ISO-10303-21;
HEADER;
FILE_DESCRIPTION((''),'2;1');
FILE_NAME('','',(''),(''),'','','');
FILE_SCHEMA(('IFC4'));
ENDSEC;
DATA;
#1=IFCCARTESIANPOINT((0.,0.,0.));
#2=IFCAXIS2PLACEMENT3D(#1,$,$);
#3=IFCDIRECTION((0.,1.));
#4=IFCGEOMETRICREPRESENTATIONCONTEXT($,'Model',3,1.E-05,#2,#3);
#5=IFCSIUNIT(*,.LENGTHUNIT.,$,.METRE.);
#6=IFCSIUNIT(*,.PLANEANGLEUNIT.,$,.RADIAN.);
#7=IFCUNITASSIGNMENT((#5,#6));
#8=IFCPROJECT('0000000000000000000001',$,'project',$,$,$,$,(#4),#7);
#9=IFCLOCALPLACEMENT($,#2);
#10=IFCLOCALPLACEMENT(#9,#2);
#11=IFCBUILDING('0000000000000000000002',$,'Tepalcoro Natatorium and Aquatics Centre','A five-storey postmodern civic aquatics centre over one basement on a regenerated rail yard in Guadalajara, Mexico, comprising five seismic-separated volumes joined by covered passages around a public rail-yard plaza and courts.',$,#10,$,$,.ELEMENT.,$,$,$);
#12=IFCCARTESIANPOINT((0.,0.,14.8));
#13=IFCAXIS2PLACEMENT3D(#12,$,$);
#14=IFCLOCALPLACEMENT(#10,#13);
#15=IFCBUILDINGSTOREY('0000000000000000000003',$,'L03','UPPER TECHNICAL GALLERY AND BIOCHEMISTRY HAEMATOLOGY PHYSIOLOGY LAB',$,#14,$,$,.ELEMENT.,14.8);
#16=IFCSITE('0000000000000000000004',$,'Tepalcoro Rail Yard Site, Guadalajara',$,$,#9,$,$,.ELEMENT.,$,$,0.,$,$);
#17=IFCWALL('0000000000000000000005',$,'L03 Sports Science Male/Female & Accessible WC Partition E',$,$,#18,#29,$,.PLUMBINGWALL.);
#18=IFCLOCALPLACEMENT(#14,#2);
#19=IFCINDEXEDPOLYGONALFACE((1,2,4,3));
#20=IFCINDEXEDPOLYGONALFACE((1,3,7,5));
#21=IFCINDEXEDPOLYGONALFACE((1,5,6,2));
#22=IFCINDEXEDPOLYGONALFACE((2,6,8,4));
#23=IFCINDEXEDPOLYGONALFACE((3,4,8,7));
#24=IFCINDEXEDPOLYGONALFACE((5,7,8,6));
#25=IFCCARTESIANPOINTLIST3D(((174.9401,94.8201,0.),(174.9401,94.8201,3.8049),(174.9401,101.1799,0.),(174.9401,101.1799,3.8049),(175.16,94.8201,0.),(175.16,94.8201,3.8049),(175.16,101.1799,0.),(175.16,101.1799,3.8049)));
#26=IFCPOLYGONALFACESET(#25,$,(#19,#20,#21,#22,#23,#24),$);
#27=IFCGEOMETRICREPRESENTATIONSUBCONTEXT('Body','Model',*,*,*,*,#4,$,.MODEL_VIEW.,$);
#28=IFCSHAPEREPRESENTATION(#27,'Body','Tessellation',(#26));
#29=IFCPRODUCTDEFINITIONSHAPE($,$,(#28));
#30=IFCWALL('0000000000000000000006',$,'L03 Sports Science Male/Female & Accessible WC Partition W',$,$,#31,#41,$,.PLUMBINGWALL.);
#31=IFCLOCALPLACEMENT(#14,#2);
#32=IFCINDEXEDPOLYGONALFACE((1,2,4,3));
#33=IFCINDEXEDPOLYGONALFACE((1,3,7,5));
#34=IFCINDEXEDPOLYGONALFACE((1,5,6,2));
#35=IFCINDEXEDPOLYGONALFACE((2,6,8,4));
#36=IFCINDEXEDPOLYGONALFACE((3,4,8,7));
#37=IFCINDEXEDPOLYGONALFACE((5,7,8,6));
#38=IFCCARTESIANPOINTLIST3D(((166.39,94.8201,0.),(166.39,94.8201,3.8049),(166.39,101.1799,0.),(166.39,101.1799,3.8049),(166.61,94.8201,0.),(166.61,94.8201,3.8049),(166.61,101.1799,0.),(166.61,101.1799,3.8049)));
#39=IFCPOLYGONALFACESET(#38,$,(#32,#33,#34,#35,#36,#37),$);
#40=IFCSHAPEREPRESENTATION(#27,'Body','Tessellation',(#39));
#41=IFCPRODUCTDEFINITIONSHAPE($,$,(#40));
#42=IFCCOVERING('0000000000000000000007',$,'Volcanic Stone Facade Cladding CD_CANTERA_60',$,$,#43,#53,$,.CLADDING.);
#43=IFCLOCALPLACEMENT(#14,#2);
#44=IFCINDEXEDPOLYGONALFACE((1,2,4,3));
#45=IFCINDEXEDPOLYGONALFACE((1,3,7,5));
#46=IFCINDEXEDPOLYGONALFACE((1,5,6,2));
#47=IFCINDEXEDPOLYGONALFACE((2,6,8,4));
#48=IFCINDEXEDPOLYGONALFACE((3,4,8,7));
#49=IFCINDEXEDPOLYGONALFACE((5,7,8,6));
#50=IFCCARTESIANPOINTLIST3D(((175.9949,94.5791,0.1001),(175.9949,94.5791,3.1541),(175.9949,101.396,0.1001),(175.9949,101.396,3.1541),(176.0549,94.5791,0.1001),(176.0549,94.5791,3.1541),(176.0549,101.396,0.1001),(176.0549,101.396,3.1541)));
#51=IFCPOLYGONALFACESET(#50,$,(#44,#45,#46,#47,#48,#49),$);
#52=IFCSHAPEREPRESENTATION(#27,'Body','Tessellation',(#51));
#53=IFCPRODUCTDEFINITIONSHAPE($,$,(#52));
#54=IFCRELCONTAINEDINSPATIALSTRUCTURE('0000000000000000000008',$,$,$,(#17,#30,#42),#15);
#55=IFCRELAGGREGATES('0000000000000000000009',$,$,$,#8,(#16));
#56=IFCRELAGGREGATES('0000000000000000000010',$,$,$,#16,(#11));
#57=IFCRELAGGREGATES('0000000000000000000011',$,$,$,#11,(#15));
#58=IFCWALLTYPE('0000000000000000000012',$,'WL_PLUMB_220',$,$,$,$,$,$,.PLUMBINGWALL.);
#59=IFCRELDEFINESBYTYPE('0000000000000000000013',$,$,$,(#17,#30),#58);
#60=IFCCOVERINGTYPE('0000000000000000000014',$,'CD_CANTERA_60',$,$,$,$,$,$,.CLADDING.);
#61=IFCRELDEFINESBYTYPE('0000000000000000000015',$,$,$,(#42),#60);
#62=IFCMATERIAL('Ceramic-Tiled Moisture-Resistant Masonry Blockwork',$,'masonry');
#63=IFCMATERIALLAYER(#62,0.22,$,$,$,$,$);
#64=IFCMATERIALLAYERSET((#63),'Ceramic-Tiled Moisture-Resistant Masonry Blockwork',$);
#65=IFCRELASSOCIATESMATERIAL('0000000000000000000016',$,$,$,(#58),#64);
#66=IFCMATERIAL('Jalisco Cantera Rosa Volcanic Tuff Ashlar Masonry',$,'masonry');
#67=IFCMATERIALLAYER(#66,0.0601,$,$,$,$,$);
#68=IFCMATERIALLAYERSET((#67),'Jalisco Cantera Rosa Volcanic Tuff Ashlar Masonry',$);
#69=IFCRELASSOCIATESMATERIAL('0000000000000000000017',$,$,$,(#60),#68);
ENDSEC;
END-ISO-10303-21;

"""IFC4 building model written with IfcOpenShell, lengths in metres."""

from ifc_helpers import new_model, si_unit, direction, frame, frame_2d, origin, origin_2d, place, context, subcontext, project, spatial, rectangle, extrude, material, layer, layer_set, type_object, element, save


model = new_model("IFC4")

# Units and contexts
model_context = context("Model", 3, precision=1e-05, world=origin(), true_north=direction((0.0, 1.0)))
body_context = subcontext(model_context, "Body", "Model", "MODEL_VIEW")
ifc_project = project(units=[si_unit("LENGTHUNIT", "METRE"), si_unit("PLANEANGLEUNIT", "RADIAN")], contexts=[model_context])

# Site, building, storey
site_placement = place(None, origin())
site = spatial("IfcSite", under=ifc_project, at=site_placement, Name="Tepalcoro Rail Yard Site, Guadalajara", CompositionType="ELEMENT", RefElevation=0.0)
building_placement = place(site_placement, origin())
building = spatial("IfcBuilding", under=site, at=building_placement, Name="Tepalcoro Natatorium and Aquatics Centre", Description="A five-storey postmodern civic aquatics centre over one basement on a regenerated rail yard in Guadalajara, Mexico, comprising five seismic-separated volumes joined by covered passages around a public rail-yard plaza and courts.", CompositionType="ELEMENT")
storey_placement = place(building_placement, frame((0.0, 0.0, 14.8)))
storey = spatial("IfcBuildingStorey", under=building, at=storey_placement, Name="L03", Description="UPPER TECHNICAL GALLERY AND BIOCHEMISTRY HAEMATOLOGY PHYSIOLOGY LAB", CompositionType="ELEMENT", Elevation=14.8)

# Walls
ifc_material_1 = material(Name="Jalisco Cantera Rosa Volcanic Tuff Ashlar Masonry", Category="masonry")
ifc_material_2 = material(Name="Ceramic-Tiled Moisture-Resistant Masonry Blockwork", Category="masonry")
ifc_layer_1 = layer(ifc_material_2, 0.22)
ifc_layer_set_1 = layer_set([ifc_layer_1], Name="Ceramic-Tiled Moisture-Resistant Masonry Blockwork")
wall_type_1 = type_object("IfcWallType", Name="WL_PLUMB_220", PredefinedType="PLUMBINGWALL", material=ifc_layer_set_1)
for number, where, z_axis, x_axis, name in (
    (1, (175.05, 94.8201, 0.0), (0.0, 0.0, 1.0), (0.0, 1.0, 0.0), "L03 Sports Science Male/Female & Accessible WC Partition E"),
    (2, (166.5, 94.8201, 0.0), (0.0, 0.0, 1.0), (0.0, 1.0, 0.0), "L03 Sports Science Male/Female & Accessible WC Partition W"),
):
    element("IfcWall", number, at=place(storey_placement, frame(where, z_axis=z_axis, x_axis=x_axis)), inside=storey, type_object=wall_type_1, Name=name, PredefinedType="PLUMBINGWALL", context=body_context, shape_type="SweptSolid", body=[
        extrude(rectangle(XDim=6.3599, YDim=0.22, at=frame_2d((3.1799, 0.0))), origin(), (0.0, 0.0, 1.0), 3.8049),
    ])

# Covering
ifc_layer_2 = layer(ifc_material_1, 0.0601)
ifc_layer_set_2 = layer_set([ifc_layer_2], Name="Jalisco Cantera Rosa Volcanic Tuff Ashlar Masonry")
covering_type = type_object("IfcCoveringType", Name="CD_CANTERA_60", PredefinedType="CLADDING", material=ifc_layer_set_2)
covering_placement = place(storey_placement, frame((176.0249, 97.9875, 0.1001), z_axis=(0.0, 0.0, 1.0), x_axis=(1.0, 0.0, 0.0)))
element("IfcCovering", 3, at=covering_placement, inside=storey, type_object=covering_type, Name="Volcanic Stone Facade Cladding CD_CANTERA_60", PredefinedType="CLADDING", context=body_context, shape_type="SweptSolid", body=[
    extrude(rectangle(XDim=0.0601, YDim=6.8169, at=origin_2d()), origin(), (0.0, 0.0, 1.0), 3.054),
])

save(model, "model.ifc")
